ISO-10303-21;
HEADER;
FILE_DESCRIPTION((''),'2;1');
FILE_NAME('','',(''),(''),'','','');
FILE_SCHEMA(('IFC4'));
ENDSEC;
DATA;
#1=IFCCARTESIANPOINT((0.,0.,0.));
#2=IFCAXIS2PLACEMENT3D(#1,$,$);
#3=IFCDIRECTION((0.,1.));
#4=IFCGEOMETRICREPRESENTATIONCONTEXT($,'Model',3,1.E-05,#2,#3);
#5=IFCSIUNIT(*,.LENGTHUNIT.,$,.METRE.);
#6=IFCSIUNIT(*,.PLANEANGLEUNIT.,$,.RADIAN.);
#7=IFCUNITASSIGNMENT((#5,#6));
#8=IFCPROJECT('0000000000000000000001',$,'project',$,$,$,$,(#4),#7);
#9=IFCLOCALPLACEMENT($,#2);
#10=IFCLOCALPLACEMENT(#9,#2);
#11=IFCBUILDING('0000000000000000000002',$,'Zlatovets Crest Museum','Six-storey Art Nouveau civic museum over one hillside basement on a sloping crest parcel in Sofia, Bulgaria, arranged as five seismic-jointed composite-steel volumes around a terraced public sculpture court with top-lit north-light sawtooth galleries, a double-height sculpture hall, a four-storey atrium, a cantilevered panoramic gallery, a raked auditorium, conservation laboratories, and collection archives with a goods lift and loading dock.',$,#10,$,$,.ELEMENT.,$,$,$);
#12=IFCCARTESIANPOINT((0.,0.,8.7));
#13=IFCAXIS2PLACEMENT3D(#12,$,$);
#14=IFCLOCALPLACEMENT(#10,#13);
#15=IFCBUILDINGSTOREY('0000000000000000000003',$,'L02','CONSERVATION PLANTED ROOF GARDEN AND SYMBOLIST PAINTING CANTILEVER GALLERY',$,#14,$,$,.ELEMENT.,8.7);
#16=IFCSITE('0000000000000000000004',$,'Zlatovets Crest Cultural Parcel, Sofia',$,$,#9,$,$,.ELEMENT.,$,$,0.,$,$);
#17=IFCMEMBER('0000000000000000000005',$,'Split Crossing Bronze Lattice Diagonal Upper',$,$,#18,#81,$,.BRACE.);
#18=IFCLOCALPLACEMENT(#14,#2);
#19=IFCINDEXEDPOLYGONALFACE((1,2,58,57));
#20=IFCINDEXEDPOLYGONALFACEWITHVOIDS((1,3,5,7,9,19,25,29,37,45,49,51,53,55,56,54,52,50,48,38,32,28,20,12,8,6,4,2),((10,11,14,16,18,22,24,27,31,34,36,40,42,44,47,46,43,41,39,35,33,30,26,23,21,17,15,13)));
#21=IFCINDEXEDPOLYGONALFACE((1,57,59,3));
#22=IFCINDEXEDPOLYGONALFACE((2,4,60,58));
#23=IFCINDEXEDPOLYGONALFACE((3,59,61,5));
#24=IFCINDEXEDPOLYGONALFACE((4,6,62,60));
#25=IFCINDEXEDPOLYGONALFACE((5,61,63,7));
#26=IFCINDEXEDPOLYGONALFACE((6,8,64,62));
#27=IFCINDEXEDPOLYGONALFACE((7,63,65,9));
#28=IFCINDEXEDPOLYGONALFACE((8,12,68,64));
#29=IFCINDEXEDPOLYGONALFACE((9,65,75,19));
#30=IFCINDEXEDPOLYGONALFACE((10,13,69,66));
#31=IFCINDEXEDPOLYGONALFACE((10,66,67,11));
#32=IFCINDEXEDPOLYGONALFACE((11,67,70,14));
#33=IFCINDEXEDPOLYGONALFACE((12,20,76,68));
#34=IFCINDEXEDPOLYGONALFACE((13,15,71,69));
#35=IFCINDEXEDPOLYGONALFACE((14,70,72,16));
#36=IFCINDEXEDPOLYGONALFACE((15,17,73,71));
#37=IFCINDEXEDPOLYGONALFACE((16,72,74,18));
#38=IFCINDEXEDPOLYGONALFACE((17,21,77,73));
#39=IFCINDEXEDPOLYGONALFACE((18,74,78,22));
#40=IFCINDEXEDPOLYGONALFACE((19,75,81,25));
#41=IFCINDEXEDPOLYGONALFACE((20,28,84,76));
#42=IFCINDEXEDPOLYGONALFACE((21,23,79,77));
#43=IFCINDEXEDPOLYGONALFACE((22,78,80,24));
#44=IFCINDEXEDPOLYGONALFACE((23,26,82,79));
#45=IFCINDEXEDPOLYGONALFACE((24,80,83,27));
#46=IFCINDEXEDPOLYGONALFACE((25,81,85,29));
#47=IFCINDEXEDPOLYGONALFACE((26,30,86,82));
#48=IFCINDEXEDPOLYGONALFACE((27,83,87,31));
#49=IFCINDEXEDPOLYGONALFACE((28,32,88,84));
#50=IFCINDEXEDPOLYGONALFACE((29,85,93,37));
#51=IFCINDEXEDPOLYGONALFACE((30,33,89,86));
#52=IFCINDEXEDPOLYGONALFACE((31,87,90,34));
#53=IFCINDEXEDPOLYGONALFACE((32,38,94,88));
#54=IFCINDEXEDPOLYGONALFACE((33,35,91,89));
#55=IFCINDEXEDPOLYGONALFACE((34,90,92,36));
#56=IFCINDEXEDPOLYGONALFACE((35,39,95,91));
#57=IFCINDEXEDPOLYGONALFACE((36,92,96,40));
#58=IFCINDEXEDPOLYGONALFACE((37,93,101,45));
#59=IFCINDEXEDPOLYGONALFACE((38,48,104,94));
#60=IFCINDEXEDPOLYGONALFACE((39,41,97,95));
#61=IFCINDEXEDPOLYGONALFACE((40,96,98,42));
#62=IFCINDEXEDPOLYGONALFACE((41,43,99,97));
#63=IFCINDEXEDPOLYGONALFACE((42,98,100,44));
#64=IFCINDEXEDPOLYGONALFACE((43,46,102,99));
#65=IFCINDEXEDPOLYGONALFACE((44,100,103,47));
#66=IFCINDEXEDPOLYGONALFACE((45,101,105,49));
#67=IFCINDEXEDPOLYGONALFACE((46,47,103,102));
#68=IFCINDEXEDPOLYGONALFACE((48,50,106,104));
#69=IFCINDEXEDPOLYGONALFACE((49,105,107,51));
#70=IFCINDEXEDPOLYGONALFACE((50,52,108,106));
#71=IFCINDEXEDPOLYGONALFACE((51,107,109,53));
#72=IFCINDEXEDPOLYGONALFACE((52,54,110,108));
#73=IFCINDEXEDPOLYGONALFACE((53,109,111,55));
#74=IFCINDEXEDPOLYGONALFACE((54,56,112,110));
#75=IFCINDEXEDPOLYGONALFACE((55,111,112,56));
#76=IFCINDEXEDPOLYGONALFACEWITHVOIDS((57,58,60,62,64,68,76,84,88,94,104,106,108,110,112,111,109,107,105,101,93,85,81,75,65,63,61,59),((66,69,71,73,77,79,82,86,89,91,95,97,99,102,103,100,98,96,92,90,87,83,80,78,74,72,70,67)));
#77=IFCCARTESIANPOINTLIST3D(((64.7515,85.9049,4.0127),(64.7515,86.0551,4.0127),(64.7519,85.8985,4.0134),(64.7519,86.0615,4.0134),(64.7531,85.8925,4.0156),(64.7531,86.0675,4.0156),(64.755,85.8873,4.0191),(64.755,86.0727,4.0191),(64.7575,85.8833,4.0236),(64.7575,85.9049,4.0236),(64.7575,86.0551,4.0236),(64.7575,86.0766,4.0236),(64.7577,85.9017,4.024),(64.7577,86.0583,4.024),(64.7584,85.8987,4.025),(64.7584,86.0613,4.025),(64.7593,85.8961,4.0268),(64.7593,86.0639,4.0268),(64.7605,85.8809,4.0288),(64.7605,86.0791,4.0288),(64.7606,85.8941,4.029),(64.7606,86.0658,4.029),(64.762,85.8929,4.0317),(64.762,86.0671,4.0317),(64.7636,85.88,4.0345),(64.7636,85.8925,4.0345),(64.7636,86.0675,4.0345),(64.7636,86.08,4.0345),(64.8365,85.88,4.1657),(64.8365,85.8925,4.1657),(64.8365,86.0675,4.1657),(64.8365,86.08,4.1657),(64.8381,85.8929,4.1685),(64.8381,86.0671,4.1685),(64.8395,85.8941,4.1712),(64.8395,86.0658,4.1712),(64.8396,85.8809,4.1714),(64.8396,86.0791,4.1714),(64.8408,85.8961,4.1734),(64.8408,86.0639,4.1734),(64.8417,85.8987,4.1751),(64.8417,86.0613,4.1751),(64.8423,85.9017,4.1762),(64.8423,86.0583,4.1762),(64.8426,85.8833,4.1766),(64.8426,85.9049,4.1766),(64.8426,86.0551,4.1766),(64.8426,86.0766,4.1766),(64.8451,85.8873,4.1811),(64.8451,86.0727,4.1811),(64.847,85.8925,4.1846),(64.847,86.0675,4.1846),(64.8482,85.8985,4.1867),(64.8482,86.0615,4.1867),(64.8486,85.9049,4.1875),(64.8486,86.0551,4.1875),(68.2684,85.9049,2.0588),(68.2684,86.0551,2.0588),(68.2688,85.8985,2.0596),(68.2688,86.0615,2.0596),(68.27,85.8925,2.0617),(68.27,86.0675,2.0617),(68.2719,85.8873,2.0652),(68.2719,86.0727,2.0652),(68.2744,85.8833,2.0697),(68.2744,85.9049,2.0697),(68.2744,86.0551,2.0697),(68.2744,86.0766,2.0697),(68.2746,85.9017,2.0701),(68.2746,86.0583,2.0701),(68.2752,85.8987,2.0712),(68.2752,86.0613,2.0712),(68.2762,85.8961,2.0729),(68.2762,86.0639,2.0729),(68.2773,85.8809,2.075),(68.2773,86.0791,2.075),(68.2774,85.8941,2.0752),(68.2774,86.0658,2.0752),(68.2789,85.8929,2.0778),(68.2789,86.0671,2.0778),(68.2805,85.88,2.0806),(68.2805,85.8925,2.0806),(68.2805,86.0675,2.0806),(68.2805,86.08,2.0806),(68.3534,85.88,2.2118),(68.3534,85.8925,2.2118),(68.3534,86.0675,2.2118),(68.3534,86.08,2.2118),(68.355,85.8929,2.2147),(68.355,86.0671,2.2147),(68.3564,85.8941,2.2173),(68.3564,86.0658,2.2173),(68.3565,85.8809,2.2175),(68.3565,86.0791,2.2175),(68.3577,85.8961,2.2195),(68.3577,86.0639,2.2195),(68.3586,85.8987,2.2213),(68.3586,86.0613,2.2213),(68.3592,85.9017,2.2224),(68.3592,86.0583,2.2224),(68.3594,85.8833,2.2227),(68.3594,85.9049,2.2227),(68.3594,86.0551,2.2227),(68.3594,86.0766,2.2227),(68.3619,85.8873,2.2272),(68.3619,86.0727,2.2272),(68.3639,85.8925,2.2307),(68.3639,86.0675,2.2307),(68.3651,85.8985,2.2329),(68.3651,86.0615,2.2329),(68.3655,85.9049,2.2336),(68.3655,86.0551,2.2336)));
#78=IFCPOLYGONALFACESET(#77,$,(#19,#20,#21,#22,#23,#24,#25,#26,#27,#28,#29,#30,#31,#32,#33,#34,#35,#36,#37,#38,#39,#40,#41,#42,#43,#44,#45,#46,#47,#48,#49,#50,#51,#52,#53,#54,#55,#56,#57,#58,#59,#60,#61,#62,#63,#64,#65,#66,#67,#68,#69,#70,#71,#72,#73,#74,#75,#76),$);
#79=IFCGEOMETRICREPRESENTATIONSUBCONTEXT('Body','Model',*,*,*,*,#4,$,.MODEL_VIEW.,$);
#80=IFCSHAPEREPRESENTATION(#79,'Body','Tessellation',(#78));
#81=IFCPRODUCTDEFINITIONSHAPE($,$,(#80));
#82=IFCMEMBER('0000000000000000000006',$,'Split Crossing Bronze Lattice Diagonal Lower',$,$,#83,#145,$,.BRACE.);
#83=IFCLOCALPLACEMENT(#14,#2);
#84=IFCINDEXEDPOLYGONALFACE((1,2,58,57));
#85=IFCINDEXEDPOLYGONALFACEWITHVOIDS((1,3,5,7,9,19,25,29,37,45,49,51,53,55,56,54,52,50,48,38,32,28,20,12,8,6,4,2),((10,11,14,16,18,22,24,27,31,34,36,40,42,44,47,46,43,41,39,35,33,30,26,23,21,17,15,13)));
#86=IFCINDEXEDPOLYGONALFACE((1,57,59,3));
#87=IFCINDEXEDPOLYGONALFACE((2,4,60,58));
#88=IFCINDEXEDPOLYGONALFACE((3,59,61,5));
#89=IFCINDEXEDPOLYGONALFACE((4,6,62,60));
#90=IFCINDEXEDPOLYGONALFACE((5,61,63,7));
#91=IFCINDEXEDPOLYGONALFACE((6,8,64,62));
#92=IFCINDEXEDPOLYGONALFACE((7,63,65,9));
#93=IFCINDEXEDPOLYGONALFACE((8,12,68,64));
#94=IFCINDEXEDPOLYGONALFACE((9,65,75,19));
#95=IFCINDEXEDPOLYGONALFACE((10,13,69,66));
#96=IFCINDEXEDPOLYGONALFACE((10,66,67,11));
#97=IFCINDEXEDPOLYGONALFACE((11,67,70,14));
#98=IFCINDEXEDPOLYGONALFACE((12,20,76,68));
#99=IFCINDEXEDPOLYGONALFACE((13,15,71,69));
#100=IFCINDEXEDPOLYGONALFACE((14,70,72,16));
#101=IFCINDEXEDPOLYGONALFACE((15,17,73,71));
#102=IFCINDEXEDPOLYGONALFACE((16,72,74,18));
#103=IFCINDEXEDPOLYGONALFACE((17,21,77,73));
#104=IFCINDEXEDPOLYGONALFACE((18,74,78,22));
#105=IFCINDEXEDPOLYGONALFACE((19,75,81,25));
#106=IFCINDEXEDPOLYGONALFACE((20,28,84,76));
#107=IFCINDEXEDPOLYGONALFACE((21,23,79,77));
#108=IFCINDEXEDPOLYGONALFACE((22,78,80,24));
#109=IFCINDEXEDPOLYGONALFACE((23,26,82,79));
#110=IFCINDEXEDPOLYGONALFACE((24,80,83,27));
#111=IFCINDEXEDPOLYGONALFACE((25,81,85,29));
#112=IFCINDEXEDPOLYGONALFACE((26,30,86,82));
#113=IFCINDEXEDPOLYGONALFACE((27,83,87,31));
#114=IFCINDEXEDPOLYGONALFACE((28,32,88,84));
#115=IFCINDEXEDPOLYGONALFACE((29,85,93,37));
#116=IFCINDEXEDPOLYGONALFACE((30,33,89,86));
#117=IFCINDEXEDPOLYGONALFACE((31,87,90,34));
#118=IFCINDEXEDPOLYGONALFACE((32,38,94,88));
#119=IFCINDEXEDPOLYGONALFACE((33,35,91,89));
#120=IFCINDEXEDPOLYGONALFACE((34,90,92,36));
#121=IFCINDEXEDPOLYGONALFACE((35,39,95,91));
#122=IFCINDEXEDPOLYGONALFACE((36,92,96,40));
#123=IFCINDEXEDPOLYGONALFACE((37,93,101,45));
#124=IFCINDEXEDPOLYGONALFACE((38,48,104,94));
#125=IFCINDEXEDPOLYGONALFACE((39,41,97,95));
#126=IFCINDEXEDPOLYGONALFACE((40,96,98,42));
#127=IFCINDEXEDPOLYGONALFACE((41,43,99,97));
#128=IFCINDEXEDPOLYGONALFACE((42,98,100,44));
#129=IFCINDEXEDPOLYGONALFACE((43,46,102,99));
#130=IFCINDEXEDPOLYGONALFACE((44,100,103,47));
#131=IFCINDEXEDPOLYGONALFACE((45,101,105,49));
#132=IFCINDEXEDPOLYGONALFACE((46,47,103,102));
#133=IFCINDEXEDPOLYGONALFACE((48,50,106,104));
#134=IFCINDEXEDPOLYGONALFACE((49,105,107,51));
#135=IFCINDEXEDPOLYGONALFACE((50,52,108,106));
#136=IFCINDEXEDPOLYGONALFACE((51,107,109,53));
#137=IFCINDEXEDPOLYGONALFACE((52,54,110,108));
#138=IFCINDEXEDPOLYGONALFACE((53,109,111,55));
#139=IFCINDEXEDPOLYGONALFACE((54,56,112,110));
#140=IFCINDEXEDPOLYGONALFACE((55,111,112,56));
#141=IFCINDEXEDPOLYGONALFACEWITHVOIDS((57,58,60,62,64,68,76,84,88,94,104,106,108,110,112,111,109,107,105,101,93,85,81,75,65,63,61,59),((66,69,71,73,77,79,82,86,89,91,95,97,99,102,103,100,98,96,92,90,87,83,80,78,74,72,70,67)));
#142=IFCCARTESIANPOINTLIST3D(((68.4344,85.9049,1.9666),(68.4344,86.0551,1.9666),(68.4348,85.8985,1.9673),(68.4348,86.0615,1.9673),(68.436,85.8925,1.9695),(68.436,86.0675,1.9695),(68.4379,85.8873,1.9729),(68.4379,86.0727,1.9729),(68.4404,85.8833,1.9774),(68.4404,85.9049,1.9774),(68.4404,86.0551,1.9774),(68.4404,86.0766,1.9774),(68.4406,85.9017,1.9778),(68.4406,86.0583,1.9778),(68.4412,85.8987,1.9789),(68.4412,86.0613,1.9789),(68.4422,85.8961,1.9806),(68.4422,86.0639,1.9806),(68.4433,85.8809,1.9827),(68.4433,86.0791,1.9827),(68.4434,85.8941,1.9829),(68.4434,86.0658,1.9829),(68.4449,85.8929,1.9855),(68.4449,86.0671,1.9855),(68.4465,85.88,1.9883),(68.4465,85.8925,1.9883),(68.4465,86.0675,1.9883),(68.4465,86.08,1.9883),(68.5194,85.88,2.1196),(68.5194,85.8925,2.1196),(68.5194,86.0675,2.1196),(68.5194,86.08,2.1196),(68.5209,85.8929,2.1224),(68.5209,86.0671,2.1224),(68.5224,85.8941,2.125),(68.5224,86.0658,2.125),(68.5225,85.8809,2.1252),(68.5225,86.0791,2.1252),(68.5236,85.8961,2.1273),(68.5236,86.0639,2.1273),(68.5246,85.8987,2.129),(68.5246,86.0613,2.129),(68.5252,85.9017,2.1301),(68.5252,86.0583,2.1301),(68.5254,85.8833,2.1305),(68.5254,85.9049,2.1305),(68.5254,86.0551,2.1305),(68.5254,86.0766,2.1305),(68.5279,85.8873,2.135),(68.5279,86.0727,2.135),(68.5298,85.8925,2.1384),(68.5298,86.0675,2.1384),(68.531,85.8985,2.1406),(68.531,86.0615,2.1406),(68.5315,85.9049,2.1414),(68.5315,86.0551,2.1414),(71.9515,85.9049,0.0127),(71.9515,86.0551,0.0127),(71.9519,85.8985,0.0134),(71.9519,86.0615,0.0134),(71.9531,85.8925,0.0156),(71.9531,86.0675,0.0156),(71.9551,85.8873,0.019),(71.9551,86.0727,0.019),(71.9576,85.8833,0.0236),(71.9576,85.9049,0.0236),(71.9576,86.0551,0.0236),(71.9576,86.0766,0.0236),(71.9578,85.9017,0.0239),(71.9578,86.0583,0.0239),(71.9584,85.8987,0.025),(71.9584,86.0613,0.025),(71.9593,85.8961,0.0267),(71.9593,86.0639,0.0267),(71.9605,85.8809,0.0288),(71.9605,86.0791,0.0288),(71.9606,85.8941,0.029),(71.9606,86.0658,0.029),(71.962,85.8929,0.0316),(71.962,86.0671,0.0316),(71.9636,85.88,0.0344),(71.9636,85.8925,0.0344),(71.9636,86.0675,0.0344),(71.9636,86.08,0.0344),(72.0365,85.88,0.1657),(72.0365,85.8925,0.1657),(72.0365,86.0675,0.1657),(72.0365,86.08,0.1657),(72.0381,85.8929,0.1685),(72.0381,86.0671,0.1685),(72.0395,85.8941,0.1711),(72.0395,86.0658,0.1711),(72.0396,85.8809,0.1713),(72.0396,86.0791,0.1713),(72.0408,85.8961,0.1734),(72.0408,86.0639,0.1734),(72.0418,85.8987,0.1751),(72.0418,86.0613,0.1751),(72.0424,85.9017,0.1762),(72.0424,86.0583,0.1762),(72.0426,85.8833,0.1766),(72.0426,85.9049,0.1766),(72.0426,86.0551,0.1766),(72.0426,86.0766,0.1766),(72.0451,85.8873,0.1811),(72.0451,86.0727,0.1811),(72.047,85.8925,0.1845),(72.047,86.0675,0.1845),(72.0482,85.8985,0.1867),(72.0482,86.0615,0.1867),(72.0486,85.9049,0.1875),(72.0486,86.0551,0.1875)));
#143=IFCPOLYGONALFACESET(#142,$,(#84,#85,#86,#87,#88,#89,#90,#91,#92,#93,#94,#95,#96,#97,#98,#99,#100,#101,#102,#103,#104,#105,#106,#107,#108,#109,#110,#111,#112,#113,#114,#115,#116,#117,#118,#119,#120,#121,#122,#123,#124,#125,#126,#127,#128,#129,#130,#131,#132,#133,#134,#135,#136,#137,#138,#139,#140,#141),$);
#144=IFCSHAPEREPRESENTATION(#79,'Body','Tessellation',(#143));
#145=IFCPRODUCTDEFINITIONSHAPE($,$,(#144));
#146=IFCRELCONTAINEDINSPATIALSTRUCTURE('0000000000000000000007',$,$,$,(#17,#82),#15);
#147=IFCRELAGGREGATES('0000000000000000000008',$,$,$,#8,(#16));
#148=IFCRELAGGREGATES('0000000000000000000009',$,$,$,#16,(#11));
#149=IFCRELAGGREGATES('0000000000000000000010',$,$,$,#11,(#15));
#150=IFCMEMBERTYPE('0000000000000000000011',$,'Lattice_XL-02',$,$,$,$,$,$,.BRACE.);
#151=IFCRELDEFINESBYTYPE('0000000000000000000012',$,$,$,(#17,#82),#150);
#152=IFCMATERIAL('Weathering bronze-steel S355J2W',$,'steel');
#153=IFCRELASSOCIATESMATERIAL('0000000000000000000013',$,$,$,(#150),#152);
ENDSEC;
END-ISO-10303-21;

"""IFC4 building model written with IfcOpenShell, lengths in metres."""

from ifc_helpers import new_model, si_unit, direction, frame, origin, origin_2d, place, context, subcontext, project, spatial, hollow_rectangle, extrude, material, material_profile, profile_set, type_object, element, save


model = new_model("IFC4")

# Units and contexts
model_context = context("Model", 3, precision=1e-05, world=origin(), true_north=direction((0.0, 1.0)))
body_context = subcontext(model_context, "Body", "Model", "MODEL_VIEW")
ifc_project = project(units=[si_unit("LENGTHUNIT", "METRE"), si_unit("PLANEANGLEUNIT", "RADIAN")], contexts=[model_context])

# Site, building, storey
site_placement = place(None, origin())
site = spatial("IfcSite", under=ifc_project, at=site_placement, Name="Zlatovets Crest Cultural Parcel, Sofia", CompositionType="ELEMENT", RefElevation=0.0)
building_placement = place(site_placement, origin())
building = spatial("IfcBuilding", under=site, at=building_placement, Name="Zlatovets Crest Museum", Description="Six-storey Art Nouveau civic museum over one hillside basement on a sloping crest parcel in Sofia, Bulgaria, arranged as five seismic-jointed composite-steel volumes around a terraced public sculpture court with top-lit north-light sawtooth galleries, a double-height sculpture hall, a four-storey atrium, a cantilevered panoramic gallery, a raked auditorium, conservation laboratories, and collection archives with a goods lift and loading dock.", CompositionType="ELEMENT")
storey_placement = place(building_placement, frame((0.0, 0.0, 8.7)))
storey = spatial("IfcBuildingStorey", under=building, at=storey_placement, Name="L02", Description="CONSERVATION PLANTED ROOF GARDEN AND SYMBOLIST PAINTING CANTILEVER GALLERY", CompositionType="ELEMENT", Elevation=8.7)

# Members
ifc_material_1 = material(Name="Weathering bronze-steel S355J2W", Category="steel")
ifc_material_profile_1 = material_profile(ifc_material_1, hollow_rectangle(XDim=0.2, YDim=0.2, WallThickness=0.0125, InnerFilletRadius=0.0125, OuterFilletRadius=0.0249, at=origin_2d()), Name="SHS 200x200x12.5")
ifc_profile_set_1 = profile_set([ifc_material_profile_1], Name="Weathering bronze-steel S355J2W")
member_type_1 = type_object("IfcMemberType", Name="Lattice_XL-02", PredefinedType="BRACE", material=ifc_profile_set_1)
member_1_placement = place(storey_placement, frame((64.8, 85.98, 4.1001), z_axis=(0.874152, 0.0, -0.485653), x_axis=(0.0, 1.0, 0.0)))
element("IfcMember", 1, at=member_1_placement, inside=storey, type_object=member_type_1, Name="Split Crossing Bronze Lattice Diagonal Upper", PredefinedType="BRACE", context=body_context, shape_type="SweptSolid", body=[
    extrude(hollow_rectangle(XDim=0.2, YDim=0.2, WallThickness=0.0125, InnerFilletRadius=0.0125, OuterFilletRadius=0.0249, at=origin_2d()), origin(), (0.0, 0.0, 1.0), 4.0232),
])
member_2_placement = place(storey_placement, frame((68.4829, 85.98, 2.054), z_axis=(0.874166, 0.0, -0.485627), x_axis=(0.0, 1.0, 0.0)))
element("IfcMember", 2, at=member_2_placement, inside=storey, type_object=member_type_1, Name="Split Crossing Bronze Lattice Diagonal Lower", PredefinedType="BRACE", context=body_context, shape_type="SweptSolid", body=[
    extrude(hollow_rectangle(XDim=0.2, YDim=0.2, WallThickness=0.0125, InnerFilletRadius=0.0125, OuterFilletRadius=0.0249, at=origin_2d()), origin(), (0.0, 0.0, 1.0), 4.0234),
])

save(model, "model.ifc")
